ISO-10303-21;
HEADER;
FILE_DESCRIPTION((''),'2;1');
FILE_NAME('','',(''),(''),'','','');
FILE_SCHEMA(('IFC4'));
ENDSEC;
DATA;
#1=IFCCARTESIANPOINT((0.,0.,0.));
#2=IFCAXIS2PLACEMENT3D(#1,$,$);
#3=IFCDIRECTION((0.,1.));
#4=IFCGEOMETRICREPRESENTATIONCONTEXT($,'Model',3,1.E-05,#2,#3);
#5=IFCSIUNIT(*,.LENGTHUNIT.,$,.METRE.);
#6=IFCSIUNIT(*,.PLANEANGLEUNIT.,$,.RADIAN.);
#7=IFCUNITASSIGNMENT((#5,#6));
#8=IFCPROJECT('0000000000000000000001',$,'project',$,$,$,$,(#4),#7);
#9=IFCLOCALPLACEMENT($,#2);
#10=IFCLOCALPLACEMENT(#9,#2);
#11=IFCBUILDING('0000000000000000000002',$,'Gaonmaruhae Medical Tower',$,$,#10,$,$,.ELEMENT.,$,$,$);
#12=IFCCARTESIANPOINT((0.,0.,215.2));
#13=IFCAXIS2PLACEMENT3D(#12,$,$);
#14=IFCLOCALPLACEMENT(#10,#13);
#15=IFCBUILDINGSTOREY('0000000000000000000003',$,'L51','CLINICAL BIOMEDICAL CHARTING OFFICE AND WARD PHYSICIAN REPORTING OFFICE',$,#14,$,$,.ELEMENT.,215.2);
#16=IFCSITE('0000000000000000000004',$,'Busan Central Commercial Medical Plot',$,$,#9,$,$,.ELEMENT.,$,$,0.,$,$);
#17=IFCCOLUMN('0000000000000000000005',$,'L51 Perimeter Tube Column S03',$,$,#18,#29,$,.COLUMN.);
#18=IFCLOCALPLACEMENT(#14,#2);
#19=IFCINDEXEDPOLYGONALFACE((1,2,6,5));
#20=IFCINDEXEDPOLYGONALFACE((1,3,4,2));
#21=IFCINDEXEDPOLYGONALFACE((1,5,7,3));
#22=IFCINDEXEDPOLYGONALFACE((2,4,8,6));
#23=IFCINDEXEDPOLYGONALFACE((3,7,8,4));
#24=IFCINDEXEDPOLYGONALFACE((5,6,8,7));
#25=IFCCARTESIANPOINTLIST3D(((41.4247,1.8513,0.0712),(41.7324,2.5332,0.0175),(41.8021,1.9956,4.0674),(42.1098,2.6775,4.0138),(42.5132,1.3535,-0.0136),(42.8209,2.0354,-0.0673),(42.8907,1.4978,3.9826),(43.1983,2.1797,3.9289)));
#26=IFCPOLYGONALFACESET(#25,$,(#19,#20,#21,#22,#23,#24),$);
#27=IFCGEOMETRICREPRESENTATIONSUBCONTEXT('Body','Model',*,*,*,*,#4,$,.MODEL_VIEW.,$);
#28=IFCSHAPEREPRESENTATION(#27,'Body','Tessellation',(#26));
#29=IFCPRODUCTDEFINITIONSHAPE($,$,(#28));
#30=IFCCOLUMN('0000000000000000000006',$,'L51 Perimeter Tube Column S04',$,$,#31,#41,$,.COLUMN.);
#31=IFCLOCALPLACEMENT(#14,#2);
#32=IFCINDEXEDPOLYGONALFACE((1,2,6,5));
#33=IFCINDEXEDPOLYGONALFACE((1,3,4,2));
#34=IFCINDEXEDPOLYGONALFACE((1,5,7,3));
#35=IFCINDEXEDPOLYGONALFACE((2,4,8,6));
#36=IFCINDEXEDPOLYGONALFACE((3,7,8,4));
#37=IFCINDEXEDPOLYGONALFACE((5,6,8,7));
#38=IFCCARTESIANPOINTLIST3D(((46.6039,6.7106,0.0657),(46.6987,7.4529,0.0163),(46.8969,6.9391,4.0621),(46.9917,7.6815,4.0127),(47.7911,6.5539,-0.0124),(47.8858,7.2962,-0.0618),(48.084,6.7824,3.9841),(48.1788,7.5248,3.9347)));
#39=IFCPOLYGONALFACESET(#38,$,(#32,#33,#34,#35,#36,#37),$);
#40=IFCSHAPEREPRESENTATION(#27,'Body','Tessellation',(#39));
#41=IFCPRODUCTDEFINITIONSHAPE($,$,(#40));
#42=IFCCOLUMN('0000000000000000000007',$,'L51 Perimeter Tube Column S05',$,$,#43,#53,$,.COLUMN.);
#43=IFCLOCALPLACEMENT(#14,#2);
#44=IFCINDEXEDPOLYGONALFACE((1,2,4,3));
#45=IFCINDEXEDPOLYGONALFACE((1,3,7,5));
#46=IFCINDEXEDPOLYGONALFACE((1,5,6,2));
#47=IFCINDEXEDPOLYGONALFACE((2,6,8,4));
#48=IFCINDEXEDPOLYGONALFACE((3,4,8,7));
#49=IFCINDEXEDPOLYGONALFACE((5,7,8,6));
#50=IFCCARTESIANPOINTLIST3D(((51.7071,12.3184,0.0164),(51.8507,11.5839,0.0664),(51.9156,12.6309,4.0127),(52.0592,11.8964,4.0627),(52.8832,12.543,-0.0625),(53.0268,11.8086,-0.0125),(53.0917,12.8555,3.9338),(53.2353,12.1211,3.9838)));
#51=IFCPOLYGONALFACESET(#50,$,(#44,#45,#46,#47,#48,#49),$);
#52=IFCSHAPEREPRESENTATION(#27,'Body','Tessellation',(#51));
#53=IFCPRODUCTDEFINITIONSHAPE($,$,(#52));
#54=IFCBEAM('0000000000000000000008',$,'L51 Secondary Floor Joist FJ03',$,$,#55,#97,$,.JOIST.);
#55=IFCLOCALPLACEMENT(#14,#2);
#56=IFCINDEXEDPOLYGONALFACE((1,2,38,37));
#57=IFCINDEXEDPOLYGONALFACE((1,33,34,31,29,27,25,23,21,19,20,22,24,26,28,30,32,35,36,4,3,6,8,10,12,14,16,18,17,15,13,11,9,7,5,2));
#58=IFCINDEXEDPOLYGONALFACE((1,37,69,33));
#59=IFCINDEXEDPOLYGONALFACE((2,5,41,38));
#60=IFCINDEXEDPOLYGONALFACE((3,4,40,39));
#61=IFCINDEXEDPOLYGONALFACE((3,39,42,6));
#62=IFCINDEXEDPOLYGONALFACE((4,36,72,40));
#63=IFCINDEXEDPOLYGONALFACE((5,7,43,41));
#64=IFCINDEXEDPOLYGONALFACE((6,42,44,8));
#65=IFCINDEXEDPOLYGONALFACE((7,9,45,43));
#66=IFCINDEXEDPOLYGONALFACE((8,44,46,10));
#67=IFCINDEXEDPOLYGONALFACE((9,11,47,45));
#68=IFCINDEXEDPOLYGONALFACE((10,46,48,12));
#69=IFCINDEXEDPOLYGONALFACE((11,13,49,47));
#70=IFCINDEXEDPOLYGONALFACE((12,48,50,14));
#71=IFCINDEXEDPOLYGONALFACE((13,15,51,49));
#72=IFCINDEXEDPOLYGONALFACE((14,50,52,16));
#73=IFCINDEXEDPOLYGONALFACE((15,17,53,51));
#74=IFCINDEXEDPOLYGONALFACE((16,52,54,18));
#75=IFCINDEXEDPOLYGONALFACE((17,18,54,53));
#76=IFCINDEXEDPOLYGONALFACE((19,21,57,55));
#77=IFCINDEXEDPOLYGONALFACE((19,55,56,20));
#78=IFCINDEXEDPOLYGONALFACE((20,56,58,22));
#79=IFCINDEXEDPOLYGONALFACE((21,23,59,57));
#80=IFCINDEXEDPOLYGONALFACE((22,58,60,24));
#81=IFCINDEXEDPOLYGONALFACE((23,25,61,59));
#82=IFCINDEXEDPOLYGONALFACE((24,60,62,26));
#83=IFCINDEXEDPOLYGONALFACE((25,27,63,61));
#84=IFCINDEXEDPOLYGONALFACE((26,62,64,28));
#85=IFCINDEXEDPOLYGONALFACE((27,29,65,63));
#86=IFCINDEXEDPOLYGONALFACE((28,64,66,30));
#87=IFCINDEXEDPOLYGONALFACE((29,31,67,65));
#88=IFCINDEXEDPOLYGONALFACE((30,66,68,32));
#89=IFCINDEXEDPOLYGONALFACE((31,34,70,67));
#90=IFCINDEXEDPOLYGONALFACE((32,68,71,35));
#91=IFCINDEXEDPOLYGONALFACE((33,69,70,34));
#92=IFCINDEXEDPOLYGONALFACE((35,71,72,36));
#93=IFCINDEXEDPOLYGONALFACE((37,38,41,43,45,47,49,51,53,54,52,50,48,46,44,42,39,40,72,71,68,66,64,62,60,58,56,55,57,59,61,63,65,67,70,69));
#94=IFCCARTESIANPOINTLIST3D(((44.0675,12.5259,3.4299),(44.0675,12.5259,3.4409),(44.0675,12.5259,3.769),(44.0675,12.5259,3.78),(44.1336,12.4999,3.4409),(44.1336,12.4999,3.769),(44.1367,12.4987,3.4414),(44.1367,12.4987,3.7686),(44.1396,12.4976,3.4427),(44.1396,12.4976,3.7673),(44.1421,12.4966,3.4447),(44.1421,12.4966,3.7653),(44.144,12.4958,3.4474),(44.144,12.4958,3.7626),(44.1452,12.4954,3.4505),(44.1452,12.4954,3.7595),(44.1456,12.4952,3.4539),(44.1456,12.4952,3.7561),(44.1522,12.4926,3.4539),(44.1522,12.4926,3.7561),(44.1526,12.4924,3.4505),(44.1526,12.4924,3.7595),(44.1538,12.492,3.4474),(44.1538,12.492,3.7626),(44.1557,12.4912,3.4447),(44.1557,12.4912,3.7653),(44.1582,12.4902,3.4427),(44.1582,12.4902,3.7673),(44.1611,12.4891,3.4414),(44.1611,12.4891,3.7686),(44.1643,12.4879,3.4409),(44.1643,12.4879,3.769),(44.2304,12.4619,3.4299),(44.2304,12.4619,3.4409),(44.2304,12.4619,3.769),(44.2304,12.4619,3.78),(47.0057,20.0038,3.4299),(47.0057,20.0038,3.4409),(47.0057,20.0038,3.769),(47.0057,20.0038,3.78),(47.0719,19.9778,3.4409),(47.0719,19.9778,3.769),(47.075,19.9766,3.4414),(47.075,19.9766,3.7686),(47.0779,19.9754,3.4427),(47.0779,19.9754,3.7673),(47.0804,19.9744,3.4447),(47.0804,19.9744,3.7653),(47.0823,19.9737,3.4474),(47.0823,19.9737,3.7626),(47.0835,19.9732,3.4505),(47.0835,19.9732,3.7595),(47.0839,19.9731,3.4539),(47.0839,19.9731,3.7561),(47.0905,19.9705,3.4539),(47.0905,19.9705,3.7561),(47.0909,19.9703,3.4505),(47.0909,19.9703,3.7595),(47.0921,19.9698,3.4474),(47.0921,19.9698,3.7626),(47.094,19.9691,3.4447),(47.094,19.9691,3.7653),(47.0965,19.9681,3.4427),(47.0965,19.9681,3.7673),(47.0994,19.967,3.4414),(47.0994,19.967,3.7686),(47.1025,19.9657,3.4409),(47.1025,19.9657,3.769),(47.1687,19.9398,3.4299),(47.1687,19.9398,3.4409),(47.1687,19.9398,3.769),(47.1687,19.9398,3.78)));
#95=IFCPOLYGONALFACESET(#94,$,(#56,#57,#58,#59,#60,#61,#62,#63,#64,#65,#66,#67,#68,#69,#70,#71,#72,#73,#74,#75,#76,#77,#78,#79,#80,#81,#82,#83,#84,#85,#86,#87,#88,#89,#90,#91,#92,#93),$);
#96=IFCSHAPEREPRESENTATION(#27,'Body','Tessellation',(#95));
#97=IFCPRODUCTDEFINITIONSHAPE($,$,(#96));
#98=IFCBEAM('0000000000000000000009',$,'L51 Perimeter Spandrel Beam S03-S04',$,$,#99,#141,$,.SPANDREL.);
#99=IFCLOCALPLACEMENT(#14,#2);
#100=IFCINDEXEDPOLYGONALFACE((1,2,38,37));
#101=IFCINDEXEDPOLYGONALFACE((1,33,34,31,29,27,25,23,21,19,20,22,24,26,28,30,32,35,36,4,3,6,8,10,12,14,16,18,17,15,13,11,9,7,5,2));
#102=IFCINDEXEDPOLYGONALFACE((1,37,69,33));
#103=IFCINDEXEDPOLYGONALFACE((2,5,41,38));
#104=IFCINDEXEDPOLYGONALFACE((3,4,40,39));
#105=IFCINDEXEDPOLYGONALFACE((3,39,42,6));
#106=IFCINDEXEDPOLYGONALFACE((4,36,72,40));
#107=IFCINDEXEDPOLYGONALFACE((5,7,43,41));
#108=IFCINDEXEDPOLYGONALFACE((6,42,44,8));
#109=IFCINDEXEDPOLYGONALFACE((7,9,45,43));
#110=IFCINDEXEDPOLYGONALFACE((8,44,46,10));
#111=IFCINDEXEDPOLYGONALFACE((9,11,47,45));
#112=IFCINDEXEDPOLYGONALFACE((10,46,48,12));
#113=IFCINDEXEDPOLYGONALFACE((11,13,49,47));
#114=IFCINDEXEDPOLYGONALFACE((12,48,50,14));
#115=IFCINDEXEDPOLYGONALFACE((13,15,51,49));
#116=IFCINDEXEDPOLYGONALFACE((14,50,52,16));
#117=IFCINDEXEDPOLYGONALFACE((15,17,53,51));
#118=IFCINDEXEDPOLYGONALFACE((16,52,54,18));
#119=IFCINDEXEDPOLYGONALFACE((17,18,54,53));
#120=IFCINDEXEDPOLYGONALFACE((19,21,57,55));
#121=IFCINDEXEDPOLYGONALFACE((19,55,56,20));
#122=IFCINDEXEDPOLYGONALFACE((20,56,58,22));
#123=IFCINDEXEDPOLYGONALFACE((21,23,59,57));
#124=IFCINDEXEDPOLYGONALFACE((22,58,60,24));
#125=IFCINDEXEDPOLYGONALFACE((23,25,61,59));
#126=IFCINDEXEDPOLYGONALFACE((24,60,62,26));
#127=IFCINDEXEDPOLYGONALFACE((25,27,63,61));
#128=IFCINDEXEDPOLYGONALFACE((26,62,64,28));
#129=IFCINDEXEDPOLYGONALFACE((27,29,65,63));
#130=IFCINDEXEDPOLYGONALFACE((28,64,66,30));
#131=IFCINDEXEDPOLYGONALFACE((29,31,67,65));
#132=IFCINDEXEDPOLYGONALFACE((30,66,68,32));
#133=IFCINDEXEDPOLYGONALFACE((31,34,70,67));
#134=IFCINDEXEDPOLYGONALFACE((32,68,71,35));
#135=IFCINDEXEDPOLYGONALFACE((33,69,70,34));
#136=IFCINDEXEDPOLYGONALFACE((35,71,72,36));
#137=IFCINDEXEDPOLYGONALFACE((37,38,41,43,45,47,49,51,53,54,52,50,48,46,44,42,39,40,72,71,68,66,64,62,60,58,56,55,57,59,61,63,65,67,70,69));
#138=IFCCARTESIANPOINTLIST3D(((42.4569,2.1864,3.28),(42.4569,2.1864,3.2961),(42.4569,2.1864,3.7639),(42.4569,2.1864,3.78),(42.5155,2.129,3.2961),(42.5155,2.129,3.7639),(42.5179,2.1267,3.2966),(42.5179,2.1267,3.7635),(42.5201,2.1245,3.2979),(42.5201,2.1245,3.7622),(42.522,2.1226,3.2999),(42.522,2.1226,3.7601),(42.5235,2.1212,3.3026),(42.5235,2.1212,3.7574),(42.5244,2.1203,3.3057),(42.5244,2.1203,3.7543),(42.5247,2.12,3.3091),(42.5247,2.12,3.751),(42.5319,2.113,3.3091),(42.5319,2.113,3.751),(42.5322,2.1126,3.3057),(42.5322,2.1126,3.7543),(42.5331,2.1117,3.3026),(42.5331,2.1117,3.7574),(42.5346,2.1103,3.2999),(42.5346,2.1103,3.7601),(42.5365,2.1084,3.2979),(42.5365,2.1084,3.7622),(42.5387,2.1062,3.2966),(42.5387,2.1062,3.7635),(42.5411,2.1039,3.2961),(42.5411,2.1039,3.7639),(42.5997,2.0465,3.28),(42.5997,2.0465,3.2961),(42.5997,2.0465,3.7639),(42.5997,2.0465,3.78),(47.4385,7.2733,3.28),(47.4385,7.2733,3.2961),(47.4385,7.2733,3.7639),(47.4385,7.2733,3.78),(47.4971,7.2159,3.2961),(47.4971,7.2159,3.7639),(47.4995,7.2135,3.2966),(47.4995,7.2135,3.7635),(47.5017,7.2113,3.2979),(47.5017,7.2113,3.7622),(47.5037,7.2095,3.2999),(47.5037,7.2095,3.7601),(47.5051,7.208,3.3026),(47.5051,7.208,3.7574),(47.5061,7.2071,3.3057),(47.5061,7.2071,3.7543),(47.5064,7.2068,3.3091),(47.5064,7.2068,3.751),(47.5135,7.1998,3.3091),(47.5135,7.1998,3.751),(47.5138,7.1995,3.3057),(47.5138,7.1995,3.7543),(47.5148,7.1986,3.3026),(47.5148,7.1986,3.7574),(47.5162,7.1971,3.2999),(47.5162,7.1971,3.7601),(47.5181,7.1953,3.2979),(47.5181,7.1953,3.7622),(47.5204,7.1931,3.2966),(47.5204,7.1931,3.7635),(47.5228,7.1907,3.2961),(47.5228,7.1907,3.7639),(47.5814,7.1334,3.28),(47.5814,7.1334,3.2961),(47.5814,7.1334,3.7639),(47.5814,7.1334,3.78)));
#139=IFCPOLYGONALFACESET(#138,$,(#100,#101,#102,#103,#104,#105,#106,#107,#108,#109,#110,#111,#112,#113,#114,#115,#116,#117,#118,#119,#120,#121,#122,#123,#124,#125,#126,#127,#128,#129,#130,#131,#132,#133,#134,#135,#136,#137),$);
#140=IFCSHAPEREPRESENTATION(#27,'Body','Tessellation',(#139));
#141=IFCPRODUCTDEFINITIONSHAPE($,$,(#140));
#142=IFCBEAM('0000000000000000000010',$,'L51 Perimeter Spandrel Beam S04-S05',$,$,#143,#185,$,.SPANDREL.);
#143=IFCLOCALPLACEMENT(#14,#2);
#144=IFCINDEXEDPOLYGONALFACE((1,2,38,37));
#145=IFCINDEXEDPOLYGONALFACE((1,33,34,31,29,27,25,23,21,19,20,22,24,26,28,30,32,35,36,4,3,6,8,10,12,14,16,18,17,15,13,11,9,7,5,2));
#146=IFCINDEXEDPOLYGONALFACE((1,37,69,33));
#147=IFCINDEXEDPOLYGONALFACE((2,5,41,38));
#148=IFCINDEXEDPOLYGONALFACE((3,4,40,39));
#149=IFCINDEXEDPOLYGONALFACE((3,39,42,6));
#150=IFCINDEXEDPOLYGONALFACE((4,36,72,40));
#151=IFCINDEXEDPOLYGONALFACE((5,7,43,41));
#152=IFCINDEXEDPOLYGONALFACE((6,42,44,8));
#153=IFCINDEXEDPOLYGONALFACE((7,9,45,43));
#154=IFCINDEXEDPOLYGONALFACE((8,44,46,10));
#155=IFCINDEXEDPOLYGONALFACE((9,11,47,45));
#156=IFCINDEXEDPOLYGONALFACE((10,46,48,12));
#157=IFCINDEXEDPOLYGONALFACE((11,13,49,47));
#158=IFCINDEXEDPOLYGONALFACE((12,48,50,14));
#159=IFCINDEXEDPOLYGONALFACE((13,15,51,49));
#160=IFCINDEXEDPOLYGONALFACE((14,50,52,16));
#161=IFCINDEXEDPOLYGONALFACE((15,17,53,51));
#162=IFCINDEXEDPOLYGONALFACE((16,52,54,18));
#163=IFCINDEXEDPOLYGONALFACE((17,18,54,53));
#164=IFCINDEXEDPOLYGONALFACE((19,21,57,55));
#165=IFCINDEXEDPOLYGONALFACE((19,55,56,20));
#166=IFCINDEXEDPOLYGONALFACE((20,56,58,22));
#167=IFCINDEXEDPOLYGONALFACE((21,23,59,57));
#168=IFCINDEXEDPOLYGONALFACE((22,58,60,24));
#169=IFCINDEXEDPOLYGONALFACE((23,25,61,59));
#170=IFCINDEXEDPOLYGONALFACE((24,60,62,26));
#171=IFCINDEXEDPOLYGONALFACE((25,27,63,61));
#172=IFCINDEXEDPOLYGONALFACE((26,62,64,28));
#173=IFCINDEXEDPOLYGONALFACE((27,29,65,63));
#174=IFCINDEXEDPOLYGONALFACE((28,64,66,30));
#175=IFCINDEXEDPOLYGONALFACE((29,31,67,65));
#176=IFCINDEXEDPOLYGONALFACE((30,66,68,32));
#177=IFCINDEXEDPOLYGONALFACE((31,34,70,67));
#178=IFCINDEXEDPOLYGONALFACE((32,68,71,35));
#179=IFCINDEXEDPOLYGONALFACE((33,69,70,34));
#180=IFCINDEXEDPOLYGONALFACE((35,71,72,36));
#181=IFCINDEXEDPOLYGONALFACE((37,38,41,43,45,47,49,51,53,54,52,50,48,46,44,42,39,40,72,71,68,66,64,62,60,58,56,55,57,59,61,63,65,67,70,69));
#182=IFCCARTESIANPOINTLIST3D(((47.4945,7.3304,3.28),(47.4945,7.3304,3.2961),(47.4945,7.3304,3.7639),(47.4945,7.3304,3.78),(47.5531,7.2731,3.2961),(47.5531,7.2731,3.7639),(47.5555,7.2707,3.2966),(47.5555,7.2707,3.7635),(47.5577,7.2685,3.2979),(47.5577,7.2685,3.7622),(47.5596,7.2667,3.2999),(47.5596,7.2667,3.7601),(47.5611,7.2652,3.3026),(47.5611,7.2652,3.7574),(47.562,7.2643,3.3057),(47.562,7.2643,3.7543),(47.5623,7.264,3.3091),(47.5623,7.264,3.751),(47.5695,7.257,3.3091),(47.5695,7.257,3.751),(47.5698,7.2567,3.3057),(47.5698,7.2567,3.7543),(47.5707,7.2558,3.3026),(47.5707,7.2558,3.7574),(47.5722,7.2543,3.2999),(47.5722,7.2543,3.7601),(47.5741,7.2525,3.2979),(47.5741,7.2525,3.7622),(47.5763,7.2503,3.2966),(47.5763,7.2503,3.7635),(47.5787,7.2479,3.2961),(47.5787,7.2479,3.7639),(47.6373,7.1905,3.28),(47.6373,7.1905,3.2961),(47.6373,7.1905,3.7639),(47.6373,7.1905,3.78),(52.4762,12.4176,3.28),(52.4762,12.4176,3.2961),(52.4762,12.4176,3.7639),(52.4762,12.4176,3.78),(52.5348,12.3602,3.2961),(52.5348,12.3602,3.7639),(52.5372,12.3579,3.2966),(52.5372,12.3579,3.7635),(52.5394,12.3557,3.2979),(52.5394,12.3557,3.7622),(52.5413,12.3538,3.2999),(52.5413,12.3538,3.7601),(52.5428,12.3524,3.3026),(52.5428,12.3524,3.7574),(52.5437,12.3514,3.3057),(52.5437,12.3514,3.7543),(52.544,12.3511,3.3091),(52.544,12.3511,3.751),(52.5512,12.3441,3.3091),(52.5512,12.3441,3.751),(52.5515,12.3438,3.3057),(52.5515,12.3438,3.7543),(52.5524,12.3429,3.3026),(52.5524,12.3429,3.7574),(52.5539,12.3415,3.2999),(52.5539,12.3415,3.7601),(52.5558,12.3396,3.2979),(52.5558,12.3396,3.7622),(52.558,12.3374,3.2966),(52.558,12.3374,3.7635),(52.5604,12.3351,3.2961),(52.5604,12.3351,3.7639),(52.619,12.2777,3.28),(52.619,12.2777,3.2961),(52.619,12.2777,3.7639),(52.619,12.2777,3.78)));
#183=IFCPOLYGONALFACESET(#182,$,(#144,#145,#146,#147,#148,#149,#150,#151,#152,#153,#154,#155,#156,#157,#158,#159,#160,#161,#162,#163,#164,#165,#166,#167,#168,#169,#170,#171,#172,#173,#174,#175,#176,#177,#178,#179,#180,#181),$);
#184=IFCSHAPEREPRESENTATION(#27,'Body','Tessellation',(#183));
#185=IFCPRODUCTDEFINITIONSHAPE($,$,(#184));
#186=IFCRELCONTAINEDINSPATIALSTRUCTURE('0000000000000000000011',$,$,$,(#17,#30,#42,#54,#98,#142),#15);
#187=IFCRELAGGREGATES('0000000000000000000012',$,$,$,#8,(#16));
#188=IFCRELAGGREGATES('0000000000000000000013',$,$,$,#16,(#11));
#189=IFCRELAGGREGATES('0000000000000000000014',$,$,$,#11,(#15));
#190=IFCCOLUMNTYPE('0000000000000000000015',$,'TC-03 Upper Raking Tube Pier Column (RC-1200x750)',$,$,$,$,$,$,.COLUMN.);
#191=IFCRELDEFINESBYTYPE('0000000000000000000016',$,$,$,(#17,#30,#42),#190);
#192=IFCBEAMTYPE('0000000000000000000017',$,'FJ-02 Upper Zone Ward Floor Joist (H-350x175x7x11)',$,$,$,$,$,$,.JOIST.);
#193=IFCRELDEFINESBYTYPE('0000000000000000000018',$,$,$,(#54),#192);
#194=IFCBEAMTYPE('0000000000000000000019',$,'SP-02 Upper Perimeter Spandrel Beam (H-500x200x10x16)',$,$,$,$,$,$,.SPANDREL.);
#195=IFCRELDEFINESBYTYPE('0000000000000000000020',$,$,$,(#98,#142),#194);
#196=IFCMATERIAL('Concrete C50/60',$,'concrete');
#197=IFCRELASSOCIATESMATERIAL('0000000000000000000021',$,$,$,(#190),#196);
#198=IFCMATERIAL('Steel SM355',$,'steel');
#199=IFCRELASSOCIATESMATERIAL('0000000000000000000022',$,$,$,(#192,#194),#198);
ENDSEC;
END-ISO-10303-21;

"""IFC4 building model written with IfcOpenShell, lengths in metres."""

from ifc_helpers import new_model, si_unit, direction, frame, origin, origin_2d, place, context, subcontext, project, spatial, rectangle, i_section, extrude, material, material_profile, profile_set, type_object, element, save


model = new_model("IFC4")

# Units and contexts
model_context = context("Model", 3, precision=1e-05, world=origin(), true_north=direction((0.0, 1.0)))
body_context = subcontext(model_context, "Body", "Model", "MODEL_VIEW")
ifc_project = project(units=[si_unit("LENGTHUNIT", "METRE"), si_unit("PLANEANGLEUNIT", "RADIAN")], contexts=[model_context])

# Site, building, storey
site_placement = place(None, origin())
site = spatial("IfcSite", under=ifc_project, at=site_placement, Name="Busan Central Commercial Medical Plot", CompositionType="ELEMENT", RefElevation=0.0)
building_placement = place(site_placement, origin())
building = spatial("IfcBuilding", under=site, at=building_placement, Name="Gaonmaruhae Medical Tower", CompositionType="ELEMENT")
storey_placement = place(building_placement, frame((0.0, 0.0, 215.2)))
storey = spatial("IfcBuildingStorey", under=building, at=storey_placement, Name="L51", Description="CLINICAL BIOMEDICAL CHARTING OFFICE AND WARD PHYSICIAN REPORTING OFFICE", CompositionType="ELEMENT", Elevation=215.2)

# Columns
ifc_material_1 = material(Name="Concrete C50/60", Category="concrete")
ifc_material_profile_1 = material_profile(ifc_material_1, rectangle(XDim=1.2, YDim=0.75, at=origin_2d()), Name="RC-1200x750")
ifc_profile_set_1 = profile_set([ifc_material_profile_1], Name="Concrete C50/60")
column_type = type_object("IfcColumnType", Name="TC-03 Upper Raking Tube Pier Column (RC-1200x750)", PredefinedType="COLUMN", material=ifc_profile_set_1)
column_1_placement = place(storey_placement, frame((42.1228, 1.9434, 0.002), z_axis=(0.093968, 0.035922, 0.994927), x_axis=(-0.907142, 0.414843, 0.070699)))
element("IfcColumn", 1, at=column_1_placement, inside=storey, type_object=column_type, Name="L51 Perimeter Tube Column S03", PredefinedType="COLUMN", context=body_context, shape_type="SweptSolid", body=[
    extrude(rectangle(XDim=1.2, YDim=0.75, at=origin_2d()), origin(), (0.0, 0.0, 1.0), 4.0166),
])
column_2_placement = place(storey_placement, frame((47.2449, 7.0034, 0.002), z_axis=(0.072995, 0.056936, 0.995706), x_axis=(-0.989301, 0.130578, 0.065058)))
element("IfcColumn", 2, at=column_2_placement, inside=storey, type_object=column_type, Name="L51 Perimeter Tube Column S04", PredefinedType="COLUMN", context=body_context, shape_type="SweptSolid", body=[
    extrude(rectangle(XDim=1.2, YDim=0.75, at=origin_2d()), origin(), (0.0, 0.0, 1.0), 4.0137),
])
column_3_placement = place(storey_placement, frame((52.3669, 12.0635, 0.002), z_axis=(0.051943, 0.077853, 0.995611), x_axis=(-0.980117, -0.187203, 0.065773)))
element("IfcColumn", 3, at=column_3_placement, inside=storey, type_object=column_type, Name="L51 Perimeter Tube Column S05", PredefinedType="COLUMN", context=body_context, shape_type="SweptSolid", body=[
    extrude(rectangle(XDim=1.2, YDim=0.75, at=origin_2d()), origin(), (0.0, 0.0, 1.0), 4.0139),
])

# Beams
ifc_material_2 = material(Name="Steel SM355", Category="steel")
ifc_material_profile_2 = material_profile(ifc_material_2, i_section(OverallWidth=0.175, OverallDepth=0.3501, WebThickness=0.0071, FlangeThickness=0.011, FilletRadius=0.0129, at=origin_2d()), Name="H-350x175x7x11")
ifc_profile_set_2 = profile_set([ifc_material_profile_2], Name="Steel SM355")
beam_type_1 = type_object("IfcBeamType", Name="FJ-02 Upper Zone Ward Floor Joist (H-350x175x7x11)", PredefinedType="JOIST", material=ifc_profile_set_2)
beam_1_placement = place(storey_placement, frame((44.1489, 12.4939, 3.605), z_axis=(0.36571, 0.930729, 0.0), x_axis=(-0.930729, 0.36571, 0.0)))
element("IfcBeam", 4, at=beam_1_placement, inside=storey, type_object=beam_type_1, Name="L51 Secondary Floor Joist FJ03", PredefinedType="JOIST", context=body_context, shape_type="SweptSolid", body=[
    extrude(i_section(OverallWidth=0.175, OverallDepth=0.3501, WebThickness=0.0071, FlangeThickness=0.011, FilletRadius=0.0129, at=origin_2d()), origin(), (0.0, 0.0, 1.0), 8.0344),
])
ifc_material_profile_3 = material_profile(ifc_material_2, i_section(OverallWidth=0.2, OverallDepth=0.5, WebThickness=0.01, FlangeThickness=0.0161, FilletRadius=0.0129, at=origin_2d()), Name="H-500x200x10x16")
ifc_profile_set_3 = profile_set([ifc_material_profile_3], Name="Steel SM355")
beam_type_2 = type_object("IfcBeamType", Name="SP-02 Upper Perimeter Spandrel Beam (H-500x200x10x16)", PredefinedType="SPANDREL", material=ifc_profile_set_3)
beam_2_placement = place(storey_placement, frame((42.5283, 2.1165, 3.53), z_axis=(0.699679, 0.714458, 0.0), x_axis=(-0.714458, 0.699679, 0.0)))
element("IfcBeam", 5, at=beam_2_placement, inside=storey, type_object=beam_type_2, Name="L51 Perimeter Spandrel Beam S03-S04", PredefinedType="SPANDREL", context=body_context, shape_type="SweptSolid", body=[
    extrude(i_section(OverallWidth=0.2, OverallDepth=0.5, WebThickness=0.01, FlangeThickness=0.0161, FilletRadius=0.0129, at=origin_2d()), origin(), (0.0, 0.0, 1.0), 7.1199),
])
beam_3_placement = place(storey_placement, frame((47.5659, 7.2605, 3.53), z_axis=(0.699662, 0.714474, 0.0), x_axis=(-0.714474, 0.699662, 0.0)))
element("IfcBeam", 6, at=beam_3_placement, inside=storey, type_object=beam_type_2, Name="L51 Perimeter Spandrel Beam S04-S05", PredefinedType="SPANDREL", context=body_context, shape_type="SweptSolid", body=[
    extrude(i_section(OverallWidth=0.2, OverallDepth=0.5, WebThickness=0.01, FlangeThickness=0.0161, FilletRadius=0.0129, at=origin_2d()), origin(), (0.0, 0.0, 1.0), 7.1201),
])

save(model, "model.ifc")
